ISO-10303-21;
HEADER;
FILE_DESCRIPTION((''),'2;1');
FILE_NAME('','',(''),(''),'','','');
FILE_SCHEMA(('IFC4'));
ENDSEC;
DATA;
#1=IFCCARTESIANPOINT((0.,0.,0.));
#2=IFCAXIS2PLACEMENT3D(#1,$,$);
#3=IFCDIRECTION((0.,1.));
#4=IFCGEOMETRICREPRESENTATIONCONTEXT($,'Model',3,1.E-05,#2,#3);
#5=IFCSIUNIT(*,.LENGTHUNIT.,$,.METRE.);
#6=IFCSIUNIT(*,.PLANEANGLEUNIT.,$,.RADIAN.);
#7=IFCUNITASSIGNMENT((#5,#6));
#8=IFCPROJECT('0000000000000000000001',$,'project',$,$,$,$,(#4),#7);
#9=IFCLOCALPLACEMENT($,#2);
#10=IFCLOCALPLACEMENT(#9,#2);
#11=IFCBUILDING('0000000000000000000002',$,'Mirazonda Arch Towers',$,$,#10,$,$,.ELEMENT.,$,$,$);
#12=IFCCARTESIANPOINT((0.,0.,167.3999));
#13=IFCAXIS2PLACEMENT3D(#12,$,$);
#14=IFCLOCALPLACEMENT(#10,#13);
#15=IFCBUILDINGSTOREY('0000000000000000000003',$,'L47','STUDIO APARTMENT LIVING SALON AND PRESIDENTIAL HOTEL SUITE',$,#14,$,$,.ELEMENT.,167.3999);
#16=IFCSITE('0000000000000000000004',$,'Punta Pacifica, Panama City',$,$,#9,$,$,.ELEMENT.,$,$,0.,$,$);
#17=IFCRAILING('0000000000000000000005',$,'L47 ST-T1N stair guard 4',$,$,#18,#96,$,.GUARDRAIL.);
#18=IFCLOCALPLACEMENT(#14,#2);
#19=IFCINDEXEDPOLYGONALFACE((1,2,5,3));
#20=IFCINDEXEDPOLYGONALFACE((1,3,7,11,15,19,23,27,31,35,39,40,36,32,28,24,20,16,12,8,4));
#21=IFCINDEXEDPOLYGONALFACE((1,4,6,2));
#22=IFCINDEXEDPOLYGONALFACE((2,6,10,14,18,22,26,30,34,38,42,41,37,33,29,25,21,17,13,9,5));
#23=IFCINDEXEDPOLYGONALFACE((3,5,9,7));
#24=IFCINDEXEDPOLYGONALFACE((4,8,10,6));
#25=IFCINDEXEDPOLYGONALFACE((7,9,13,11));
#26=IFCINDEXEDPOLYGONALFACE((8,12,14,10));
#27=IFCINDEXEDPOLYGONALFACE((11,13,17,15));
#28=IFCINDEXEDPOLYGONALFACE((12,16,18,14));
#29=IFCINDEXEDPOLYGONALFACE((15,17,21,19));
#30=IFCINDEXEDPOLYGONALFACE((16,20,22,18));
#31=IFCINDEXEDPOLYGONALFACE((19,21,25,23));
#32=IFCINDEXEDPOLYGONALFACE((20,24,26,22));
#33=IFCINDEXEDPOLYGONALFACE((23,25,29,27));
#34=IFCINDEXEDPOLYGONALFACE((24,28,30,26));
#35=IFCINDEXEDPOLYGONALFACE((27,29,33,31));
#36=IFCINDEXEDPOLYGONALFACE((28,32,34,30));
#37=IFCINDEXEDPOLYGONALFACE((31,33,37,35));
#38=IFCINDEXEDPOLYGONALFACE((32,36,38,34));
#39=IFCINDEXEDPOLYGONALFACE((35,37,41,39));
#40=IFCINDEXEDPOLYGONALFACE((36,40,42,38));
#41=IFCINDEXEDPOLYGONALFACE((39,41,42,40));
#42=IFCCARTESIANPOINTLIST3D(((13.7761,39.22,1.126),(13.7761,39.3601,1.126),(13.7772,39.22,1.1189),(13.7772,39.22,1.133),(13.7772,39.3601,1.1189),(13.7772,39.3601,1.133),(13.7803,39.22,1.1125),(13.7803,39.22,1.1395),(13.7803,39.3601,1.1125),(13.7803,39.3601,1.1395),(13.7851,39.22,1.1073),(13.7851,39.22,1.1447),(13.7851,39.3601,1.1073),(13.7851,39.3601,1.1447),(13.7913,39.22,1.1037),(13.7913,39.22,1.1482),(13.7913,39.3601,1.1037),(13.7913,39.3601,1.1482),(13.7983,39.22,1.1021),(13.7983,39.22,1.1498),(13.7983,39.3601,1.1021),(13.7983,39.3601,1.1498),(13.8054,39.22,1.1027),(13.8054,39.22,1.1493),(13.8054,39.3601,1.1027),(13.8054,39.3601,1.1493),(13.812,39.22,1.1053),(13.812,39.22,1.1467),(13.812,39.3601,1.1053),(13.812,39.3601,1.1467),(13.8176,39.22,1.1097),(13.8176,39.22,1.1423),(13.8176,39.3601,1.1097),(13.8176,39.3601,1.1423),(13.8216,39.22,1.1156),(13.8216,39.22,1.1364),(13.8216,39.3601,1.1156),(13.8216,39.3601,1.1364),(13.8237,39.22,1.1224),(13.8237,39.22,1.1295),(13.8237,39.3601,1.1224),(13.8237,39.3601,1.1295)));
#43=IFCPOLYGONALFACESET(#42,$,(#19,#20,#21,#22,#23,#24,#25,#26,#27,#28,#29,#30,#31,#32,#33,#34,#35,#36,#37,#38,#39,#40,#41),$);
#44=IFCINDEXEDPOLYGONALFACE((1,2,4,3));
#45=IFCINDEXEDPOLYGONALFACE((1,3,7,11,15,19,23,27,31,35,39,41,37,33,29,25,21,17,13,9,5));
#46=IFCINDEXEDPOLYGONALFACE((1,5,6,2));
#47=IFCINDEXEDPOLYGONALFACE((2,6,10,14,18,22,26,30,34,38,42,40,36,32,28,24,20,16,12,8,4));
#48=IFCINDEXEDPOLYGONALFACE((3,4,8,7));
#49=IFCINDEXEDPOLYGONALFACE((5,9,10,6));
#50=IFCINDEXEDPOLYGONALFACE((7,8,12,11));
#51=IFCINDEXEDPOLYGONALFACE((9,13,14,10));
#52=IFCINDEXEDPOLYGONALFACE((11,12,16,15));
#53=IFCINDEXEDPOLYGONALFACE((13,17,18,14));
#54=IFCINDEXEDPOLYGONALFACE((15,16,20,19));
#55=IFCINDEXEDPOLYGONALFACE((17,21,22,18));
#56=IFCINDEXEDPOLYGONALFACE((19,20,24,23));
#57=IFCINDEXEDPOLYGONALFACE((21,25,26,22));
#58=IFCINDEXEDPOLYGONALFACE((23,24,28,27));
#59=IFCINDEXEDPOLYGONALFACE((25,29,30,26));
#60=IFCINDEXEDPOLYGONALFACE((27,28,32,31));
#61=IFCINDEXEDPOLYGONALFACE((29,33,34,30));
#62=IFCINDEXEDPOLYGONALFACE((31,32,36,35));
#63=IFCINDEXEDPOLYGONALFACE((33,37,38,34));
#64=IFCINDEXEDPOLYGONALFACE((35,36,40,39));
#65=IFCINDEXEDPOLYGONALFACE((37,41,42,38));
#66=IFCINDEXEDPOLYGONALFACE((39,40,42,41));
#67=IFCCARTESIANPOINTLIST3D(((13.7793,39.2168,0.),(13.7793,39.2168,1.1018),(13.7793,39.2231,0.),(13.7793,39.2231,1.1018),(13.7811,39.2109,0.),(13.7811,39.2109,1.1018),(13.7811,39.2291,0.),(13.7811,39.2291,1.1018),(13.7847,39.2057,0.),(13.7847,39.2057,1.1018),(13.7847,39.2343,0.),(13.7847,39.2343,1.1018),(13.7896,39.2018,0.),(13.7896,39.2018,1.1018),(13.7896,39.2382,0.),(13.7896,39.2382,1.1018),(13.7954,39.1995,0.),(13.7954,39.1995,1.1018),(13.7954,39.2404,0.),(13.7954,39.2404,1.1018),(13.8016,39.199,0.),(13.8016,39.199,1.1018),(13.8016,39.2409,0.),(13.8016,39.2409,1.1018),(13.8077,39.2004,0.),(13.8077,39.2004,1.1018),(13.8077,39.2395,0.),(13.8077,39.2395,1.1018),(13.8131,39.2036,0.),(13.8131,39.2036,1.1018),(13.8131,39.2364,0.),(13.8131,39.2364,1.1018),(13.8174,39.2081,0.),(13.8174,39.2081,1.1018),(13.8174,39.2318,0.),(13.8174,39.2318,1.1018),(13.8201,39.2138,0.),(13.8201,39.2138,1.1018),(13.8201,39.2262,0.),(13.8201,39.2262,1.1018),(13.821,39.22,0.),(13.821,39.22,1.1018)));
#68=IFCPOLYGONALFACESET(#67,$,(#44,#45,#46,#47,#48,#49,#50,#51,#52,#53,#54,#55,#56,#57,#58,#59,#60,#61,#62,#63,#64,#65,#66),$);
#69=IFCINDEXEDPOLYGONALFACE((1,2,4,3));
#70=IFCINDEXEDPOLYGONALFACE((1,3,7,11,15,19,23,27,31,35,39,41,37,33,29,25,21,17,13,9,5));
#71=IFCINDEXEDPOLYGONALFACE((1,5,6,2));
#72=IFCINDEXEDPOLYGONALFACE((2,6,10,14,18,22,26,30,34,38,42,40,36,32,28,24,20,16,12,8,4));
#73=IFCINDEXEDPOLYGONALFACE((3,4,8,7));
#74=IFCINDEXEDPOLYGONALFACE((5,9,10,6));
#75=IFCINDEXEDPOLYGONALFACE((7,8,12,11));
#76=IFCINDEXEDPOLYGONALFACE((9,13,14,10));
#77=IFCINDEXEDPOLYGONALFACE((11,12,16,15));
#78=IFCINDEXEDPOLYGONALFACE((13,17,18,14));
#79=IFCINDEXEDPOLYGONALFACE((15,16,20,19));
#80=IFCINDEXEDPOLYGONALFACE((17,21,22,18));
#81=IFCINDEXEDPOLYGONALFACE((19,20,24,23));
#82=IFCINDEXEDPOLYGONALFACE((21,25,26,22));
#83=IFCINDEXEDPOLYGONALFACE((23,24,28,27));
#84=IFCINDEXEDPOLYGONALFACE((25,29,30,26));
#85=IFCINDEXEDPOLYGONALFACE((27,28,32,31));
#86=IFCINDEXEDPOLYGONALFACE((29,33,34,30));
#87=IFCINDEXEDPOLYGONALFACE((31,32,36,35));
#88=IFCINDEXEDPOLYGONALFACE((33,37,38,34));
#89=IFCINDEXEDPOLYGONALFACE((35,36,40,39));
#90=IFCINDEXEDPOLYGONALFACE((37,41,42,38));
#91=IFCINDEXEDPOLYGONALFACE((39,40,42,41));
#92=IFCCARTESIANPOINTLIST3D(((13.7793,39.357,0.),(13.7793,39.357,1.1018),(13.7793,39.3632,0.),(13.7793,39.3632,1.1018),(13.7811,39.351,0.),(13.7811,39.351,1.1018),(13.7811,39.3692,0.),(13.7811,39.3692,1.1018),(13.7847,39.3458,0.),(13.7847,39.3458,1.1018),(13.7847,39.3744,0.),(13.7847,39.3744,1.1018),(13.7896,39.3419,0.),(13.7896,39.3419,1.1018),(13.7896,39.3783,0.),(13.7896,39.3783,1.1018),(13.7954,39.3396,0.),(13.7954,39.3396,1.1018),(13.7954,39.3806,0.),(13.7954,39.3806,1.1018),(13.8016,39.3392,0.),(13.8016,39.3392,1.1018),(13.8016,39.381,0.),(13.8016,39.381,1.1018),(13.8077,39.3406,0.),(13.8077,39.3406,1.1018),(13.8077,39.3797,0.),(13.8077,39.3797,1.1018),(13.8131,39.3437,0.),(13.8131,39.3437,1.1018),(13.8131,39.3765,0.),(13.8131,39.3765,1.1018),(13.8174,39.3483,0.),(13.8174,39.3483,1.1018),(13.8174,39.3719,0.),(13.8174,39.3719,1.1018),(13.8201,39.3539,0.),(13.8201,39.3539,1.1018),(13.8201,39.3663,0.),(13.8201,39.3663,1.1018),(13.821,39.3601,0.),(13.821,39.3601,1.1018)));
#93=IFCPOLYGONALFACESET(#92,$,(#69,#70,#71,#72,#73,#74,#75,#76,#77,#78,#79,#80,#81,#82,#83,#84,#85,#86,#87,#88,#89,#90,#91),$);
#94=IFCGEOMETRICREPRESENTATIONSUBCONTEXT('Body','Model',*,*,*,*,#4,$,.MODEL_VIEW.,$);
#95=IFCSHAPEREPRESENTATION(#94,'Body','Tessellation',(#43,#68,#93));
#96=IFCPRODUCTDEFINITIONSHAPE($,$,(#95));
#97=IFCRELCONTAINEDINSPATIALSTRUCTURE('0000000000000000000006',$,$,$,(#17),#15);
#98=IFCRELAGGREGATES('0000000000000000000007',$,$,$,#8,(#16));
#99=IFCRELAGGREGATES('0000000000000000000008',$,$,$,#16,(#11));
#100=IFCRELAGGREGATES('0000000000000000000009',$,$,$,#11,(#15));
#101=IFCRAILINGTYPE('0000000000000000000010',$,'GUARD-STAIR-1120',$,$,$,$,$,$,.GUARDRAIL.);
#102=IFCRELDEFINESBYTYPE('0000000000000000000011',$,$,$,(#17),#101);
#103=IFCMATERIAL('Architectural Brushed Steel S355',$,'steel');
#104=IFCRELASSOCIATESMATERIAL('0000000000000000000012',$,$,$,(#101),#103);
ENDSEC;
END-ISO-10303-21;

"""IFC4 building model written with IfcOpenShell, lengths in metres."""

from ifc_helpers import new_model, si_unit, direction, frame, origin, origin_2d, place, context, subcontext, project, spatial, circle, extrude, material, type_object, element, save


model = new_model("IFC4")

# Units and contexts
model_context = context("Model", 3, precision=1e-05, world=origin(), true_north=direction((0.0, 1.0)))
body_context = subcontext(model_context, "Body", "Model", "MODEL_VIEW")
ifc_project = project(units=[si_unit("LENGTHUNIT", "METRE"), si_unit("PLANEANGLEUNIT", "RADIAN")], contexts=[model_context])

# Site, building, storey
site_placement = place(None, origin())
site = spatial("IfcSite", under=ifc_project, at=site_placement, Name="Punta Pacifica, Panama City", CompositionType="ELEMENT", RefElevation=0.0)
building_placement = place(site_placement, origin())
building = spatial("IfcBuilding", under=site, at=building_placement, Name="Mirazonda Arch Towers", CompositionType="ELEMENT")
storey_placement = place(building_placement, frame((0.0, 0.0, 167.3999)))
storey = spatial("IfcBuildingStorey", under=building, at=storey_placement, Name="L47", Description="STUDIO APARTMENT LIVING SALON AND PRESIDENTIAL HOTEL SUITE", CompositionType="ELEMENT", Elevation=167.3999)

# Shared definitions
ifc_material_1 = material(Name="Architectural Brushed Steel S355", Category="steel")

# Railing
railing_type_1 = type_object("IfcRailingType", Name="GUARD-STAIR-1120", PredefinedType="GUARDRAIL", material=ifc_material_1)
railing_1_placement = place(storey_placement, frame((13.8, 39.22, 0.0)))
element("IfcRailing", 1, at=railing_1_placement, inside=storey, type_object=railing_type_1, Name="L47 ST-T1N stair guard 4", PredefinedType="GUARDRAIL", context=body_context, shape_type="SweptSolid", body=[
    extrude(circle(Radius=0.0239, at=origin_2d()), frame((0.0, 0.0, 1.126), z_axis=(0.0, 1.0, 0.0), x_axis=(-1.0, 0.0, 0.0)), (0.0, 0.0, 1.0), 0.1401),
    extrude(circle(Radius=0.021, at=origin_2d()), origin(), (0.0, 0.0, 1.0), 1.1018),
    extrude(circle(Radius=0.021, at=origin_2d()), frame((0.0, 0.1401, 0.0)), (0.0, 0.0, 1.0), 1.1018),
])

save(model, "model.ifc")
